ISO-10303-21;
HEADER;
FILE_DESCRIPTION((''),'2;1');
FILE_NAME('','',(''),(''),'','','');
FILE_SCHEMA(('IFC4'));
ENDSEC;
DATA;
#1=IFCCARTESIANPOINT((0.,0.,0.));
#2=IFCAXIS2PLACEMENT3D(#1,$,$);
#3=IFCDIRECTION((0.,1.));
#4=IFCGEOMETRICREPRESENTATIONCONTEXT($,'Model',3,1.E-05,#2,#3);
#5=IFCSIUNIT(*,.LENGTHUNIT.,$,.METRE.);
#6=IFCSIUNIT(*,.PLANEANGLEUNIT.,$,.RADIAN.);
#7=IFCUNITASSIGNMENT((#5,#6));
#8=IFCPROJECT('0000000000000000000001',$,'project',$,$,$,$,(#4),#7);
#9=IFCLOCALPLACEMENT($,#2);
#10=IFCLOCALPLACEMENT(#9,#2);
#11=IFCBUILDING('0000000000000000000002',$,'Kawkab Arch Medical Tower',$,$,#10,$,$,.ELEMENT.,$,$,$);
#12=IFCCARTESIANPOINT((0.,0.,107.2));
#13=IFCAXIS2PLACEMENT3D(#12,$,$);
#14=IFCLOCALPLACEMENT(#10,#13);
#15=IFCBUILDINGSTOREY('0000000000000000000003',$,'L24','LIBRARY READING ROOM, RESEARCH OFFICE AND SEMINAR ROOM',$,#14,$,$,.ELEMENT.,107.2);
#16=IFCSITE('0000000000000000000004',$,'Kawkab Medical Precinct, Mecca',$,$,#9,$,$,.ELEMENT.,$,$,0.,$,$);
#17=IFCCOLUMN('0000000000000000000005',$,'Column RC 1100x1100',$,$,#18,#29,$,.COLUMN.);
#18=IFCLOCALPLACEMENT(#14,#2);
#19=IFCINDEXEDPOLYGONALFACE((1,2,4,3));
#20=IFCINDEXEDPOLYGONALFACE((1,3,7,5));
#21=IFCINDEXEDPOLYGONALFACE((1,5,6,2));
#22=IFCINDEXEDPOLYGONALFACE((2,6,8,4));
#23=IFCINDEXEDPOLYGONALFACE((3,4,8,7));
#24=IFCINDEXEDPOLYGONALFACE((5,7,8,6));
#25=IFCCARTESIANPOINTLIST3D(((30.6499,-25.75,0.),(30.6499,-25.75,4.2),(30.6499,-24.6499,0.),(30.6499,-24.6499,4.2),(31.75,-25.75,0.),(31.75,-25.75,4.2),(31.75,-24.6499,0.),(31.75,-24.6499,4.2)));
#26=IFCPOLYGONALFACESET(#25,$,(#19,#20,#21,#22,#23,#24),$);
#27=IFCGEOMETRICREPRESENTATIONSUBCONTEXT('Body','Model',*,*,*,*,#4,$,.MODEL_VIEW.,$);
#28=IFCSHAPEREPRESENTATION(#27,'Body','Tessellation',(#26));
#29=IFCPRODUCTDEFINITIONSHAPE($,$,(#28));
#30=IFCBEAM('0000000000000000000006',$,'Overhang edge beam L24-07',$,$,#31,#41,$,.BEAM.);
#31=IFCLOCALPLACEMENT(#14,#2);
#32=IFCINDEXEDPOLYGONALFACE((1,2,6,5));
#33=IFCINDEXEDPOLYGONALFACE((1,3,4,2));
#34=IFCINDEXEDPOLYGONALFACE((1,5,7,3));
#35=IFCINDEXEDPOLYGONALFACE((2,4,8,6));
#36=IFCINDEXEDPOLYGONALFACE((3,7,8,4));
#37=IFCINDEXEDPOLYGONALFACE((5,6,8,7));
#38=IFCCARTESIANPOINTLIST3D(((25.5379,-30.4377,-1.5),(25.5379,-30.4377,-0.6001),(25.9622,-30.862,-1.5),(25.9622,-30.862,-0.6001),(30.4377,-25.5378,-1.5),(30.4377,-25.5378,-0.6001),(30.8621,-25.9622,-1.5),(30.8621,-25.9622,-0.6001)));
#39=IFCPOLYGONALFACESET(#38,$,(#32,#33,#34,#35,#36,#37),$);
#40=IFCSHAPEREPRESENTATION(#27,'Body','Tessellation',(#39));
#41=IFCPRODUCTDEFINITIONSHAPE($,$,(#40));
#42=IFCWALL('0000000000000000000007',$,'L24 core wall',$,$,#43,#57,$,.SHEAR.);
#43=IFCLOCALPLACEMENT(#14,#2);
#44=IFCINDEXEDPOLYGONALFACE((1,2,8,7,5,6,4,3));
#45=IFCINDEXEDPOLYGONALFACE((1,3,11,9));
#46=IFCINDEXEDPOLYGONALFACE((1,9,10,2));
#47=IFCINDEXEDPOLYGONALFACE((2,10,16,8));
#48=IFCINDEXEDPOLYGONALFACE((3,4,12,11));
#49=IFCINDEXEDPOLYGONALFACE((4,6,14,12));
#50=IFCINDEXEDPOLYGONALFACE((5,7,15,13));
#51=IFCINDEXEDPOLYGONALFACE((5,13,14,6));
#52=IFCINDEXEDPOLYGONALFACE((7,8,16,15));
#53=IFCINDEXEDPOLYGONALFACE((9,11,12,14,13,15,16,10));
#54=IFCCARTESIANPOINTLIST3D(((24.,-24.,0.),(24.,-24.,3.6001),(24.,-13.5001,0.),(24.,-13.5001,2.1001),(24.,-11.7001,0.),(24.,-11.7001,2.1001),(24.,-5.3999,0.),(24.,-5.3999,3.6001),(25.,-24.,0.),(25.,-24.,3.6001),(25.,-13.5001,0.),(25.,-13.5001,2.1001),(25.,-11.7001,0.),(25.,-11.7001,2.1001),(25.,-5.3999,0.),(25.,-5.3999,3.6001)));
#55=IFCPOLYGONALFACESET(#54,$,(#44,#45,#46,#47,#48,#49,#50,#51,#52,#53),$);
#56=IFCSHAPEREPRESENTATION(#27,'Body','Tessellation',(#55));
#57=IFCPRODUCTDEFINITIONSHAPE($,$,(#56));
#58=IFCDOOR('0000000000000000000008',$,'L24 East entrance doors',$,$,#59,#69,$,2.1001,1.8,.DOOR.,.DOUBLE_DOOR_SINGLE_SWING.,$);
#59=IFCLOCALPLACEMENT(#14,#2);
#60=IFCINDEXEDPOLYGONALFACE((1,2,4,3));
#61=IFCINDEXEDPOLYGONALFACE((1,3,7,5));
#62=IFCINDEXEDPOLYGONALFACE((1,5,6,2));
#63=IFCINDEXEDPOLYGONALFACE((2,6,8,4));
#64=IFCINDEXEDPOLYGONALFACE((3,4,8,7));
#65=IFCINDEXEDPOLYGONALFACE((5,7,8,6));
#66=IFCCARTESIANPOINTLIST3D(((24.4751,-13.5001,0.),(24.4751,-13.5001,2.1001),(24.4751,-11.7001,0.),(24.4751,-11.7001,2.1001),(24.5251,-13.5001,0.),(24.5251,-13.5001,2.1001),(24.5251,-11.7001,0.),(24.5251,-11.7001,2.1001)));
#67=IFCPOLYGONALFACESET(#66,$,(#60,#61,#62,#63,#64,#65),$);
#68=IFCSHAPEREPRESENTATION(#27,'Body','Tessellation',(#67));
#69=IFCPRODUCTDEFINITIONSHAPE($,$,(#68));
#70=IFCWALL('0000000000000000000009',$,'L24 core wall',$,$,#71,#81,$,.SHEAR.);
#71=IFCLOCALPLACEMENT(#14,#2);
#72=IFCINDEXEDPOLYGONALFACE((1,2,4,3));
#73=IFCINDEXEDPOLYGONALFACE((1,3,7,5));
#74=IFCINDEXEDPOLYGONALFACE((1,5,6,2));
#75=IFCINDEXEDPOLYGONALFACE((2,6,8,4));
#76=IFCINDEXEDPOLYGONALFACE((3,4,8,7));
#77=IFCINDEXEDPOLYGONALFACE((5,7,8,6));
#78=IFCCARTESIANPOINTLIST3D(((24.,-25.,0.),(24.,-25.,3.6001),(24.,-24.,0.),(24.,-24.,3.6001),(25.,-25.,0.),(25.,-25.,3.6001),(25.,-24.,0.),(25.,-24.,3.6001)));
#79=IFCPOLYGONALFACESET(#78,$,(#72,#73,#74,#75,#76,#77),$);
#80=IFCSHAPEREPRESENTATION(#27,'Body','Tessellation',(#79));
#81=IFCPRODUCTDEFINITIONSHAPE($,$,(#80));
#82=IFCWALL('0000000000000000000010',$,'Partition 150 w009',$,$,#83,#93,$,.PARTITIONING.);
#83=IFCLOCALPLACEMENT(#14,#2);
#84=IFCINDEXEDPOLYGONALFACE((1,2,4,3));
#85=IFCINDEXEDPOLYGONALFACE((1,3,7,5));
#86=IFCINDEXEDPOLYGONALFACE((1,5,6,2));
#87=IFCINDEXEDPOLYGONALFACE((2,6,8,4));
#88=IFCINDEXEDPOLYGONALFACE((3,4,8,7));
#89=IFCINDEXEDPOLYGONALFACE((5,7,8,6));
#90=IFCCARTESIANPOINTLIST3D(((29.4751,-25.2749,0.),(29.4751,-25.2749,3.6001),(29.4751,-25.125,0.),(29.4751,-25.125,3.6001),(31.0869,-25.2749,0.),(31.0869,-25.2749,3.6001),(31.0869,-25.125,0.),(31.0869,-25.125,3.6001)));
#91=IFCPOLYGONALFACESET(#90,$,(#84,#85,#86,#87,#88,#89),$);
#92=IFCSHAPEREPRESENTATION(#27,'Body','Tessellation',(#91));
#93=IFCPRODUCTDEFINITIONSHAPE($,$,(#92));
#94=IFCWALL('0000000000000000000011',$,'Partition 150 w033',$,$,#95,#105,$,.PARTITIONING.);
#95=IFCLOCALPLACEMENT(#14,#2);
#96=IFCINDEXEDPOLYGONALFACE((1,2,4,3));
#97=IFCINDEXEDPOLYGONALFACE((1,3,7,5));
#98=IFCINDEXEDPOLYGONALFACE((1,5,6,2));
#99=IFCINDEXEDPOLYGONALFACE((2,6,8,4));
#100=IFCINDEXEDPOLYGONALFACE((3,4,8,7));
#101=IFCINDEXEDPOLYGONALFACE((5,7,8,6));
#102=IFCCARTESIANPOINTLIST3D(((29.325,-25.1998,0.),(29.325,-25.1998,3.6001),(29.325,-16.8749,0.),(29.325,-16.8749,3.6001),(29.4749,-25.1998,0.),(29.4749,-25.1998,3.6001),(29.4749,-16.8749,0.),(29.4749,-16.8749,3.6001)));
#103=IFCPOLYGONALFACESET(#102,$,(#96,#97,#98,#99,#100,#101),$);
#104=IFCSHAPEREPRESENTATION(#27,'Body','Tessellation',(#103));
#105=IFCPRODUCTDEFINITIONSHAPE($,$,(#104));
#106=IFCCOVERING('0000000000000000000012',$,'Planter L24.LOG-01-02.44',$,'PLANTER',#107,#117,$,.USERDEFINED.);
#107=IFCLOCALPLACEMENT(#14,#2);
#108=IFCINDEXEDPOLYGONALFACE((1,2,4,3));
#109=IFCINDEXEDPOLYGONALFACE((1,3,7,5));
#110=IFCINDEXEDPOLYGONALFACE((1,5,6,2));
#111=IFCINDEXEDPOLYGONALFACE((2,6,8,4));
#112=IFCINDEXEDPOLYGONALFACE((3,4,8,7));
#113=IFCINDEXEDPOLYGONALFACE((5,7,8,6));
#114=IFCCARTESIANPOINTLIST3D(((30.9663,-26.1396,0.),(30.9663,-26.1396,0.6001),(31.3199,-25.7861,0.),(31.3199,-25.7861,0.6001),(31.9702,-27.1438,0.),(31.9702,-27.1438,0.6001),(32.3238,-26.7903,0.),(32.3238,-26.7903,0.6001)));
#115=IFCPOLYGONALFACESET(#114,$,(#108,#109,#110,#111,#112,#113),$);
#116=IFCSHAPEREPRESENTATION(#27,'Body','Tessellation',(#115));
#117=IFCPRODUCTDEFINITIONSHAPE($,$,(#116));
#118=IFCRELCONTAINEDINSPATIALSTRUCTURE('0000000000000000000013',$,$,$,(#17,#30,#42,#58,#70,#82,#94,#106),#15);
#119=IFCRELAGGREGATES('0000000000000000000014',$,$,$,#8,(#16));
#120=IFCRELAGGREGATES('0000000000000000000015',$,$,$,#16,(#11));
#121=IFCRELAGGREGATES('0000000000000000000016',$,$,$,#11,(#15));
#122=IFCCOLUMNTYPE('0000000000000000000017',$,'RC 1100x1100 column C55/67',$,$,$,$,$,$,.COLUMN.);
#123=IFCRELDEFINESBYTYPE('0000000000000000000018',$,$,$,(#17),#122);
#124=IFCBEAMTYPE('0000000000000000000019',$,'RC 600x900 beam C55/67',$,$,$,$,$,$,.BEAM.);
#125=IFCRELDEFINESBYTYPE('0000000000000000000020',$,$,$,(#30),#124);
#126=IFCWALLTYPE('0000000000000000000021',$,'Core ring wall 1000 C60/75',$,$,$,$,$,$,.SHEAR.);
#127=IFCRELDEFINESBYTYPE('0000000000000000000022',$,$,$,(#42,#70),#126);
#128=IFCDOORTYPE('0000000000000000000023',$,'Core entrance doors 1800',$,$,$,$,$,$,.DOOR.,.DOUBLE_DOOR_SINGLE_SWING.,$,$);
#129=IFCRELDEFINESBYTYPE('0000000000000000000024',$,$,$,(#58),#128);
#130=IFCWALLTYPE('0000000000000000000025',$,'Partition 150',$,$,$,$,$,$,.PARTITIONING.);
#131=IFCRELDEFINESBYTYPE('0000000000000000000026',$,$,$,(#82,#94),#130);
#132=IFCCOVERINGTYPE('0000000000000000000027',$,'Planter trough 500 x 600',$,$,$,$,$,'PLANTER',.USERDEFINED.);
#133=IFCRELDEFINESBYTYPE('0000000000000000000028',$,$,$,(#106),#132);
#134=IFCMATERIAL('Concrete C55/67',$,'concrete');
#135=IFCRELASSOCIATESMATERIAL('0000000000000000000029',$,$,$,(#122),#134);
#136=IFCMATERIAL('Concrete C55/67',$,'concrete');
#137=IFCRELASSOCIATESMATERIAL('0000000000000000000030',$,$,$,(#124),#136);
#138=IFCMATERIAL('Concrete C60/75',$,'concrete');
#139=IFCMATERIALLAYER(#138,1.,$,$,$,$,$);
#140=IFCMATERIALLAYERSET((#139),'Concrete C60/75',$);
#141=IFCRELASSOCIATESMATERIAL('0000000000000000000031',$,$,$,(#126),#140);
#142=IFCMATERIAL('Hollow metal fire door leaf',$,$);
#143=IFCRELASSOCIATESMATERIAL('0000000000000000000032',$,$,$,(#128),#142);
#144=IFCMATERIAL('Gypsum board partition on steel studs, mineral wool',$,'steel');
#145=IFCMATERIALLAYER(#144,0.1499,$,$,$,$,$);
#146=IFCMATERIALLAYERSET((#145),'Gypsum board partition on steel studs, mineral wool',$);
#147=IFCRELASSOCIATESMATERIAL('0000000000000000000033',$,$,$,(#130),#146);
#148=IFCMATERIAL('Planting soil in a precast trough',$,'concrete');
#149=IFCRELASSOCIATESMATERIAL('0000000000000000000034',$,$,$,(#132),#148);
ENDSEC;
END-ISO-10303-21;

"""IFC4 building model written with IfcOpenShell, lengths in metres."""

from ifc_helpers import new_model, si_unit, direction, frame, frame_2d, origin, origin_2d, place, context, subcontext, project, spatial, rectangle, extrude, material, layer, layer_set, material_profile, profile_set, type_object, element, fill, save


model = new_model("IFC4")

# Units and contexts
model_context = context("Model", 3, precision=1e-05, world=origin(), true_north=direction((0.0, 1.0)))
body_context = subcontext(model_context, "Body", "Model", "MODEL_VIEW")
ifc_project = project(units=[si_unit("LENGTHUNIT", "METRE"), si_unit("PLANEANGLEUNIT", "RADIAN")], contexts=[model_context])

# Site, building, storey
site_placement = place(None, origin())
site = spatial("IfcSite", under=ifc_project, at=site_placement, Name="Kawkab Medical Precinct, Mecca", CompositionType="ELEMENT", RefElevation=0.0)
building_placement = place(site_placement, origin())
building = spatial("IfcBuilding", under=site, at=building_placement, Name="Kawkab Arch Medical Tower", CompositionType="ELEMENT")
storey_placement = place(building_placement, frame((0.0, 0.0, 107.2)))
storey = spatial("IfcBuildingStorey", under=building, at=storey_placement, Name="L24", Description="LIBRARY READING ROOM, RESEARCH OFFICE AND SEMINAR ROOM", CompositionType="ELEMENT", Elevation=107.2)

# Column
ifc_material_1 = material(Name="Concrete C55/67", Category="concrete")
ifc_material_profile_1 = material_profile(ifc_material_1, rectangle(XDim=1.1001, YDim=1.1001, at=origin_2d()), Name="RC 1100x1100")
ifc_profile_set_1 = profile_set([ifc_material_profile_1], Name="Concrete C55/67")
column_type = type_object("IfcColumnType", Name="RC 1100x1100 column C55/67", PredefinedType="COLUMN", material=ifc_profile_set_1)
column_placement = place(storey_placement, frame((31.2, -25.2, 0.0), z_axis=(0.0, 0.0, 1.0), x_axis=(1.0, 0.0, 0.0)))
element("IfcColumn", 1, at=column_placement, inside=storey, type_object=column_type, Name="Column RC 1100x1100", PredefinedType="COLUMN", context=body_context, shape_type="SweptSolid", body=[
    extrude(rectangle(XDim=1.1001, YDim=1.1001, at=origin_2d()), origin(), (0.0, 0.0, 1.0), 4.2),
])

# Beam
ifc_material_2 = material(Name="Concrete C55/67", Category="concrete")
ifc_material_profile_2 = material_profile(ifc_material_2, rectangle(XDim=0.6001, YDim=0.8999, at=origin_2d()), Name="RC 600x900")
ifc_profile_set_2 = profile_set([ifc_material_profile_2], Name="Concrete C55/67")
beam_type = type_object("IfcBeamType", Name="RC 600x900 beam C55/67", PredefinedType="BEAM", material=ifc_profile_set_2)
beam_placement = place(storey_placement, frame((30.6499, -25.75, -1.05), z_axis=(-0.707107, -0.707107, 0.0), x_axis=(0.707107, -0.707107, 0.0)))
element("IfcBeam", 2, at=beam_placement, inside=storey, type_object=beam_type, Name="Overhang edge beam L24-07", PredefinedType="BEAM", context=body_context, shape_type="SweptSolid", body=[
    extrude(rectangle(XDim=0.6001, YDim=0.8999, at=origin_2d()), origin(), (0.0, 0.0, 1.0), 6.9294),
])

# Wall, opening, door
ifc_material_3 = material(Name="Concrete C60/75", Category="concrete")
ifc_layer_1 = layer(ifc_material_3, 1.0)
ifc_layer_set_1 = layer_set([ifc_layer_1], Name="Concrete C60/75")
wall_type_1 = type_object("IfcWallType", Name="Core ring wall 1000 C60/75", PredefinedType="SHEAR", material=ifc_layer_set_1)
wall_1_placement = place(storey_placement, frame((24.5, -24.0, 0.0), z_axis=(0.0, 0.0, 1.0), x_axis=(0.0, 1.0, 0.0)))
wall_1 = element("IfcWall", 3, at=wall_1_placement, inside=storey, type_object=wall_type_1, Name="L24 core wall", PredefinedType="SHEAR", context=body_context, shape_type="SweptSolid", body=[
    extrude(rectangle(XDim=18.6001, YDim=1.0, at=frame_2d((9.3, 0.0))), origin(), (0.0, 0.0, 1.0), 3.6001),
])
opening_1_placement = place(wall_1_placement, frame((10.5, 0.0, 0.0)))
opening_1 = element("IfcOpeningElement", 4, at=opening_1_placement, cuts=wall_1, PredefinedType="OPENING", context=body_context, shape_type="SweptSolid", body=[
    extrude(rectangle(XDim=1.8, YDim=2.1001, at=frame_2d((0.8999, 1.05))), frame((0.0, 0.51, 0.0), z_axis=(0.0, -1.0, 0.0), x_axis=(1.0, 0.0, 0.0)), (0.0, 0.0, 1.0), 1.02),
])
ifc_material_4 = material(Name="Hollow metal fire door leaf")
door_type_1 = type_object("IfcDoorType", Name="Core entrance doors 1800", OperationType="DOUBLE_DOOR_SINGLE_SWING", PredefinedType="DOOR", material=ifc_material_4)
door_1_placement = place(opening_1_placement, origin())
door_1 = element("IfcDoor", 5, at=door_1_placement, inside=storey, type_object=door_type_1, Name="L24 East entrance doors", OperationType="DOUBLE_DOOR_SINGLE_SWING", OverallHeight=2.1001, OverallWidth=1.8, PredefinedType="DOOR", context=body_context, shape_type="SweptSolid", body=[
    extrude(rectangle(XDim=1.8, YDim=2.1001, at=frame_2d((0.8999, 1.05))), frame((0.0, 0.0249, 0.0), z_axis=(0.0, -1.0, 0.0), x_axis=(1.0, 0.0, 0.0)), (0.0, 0.0, 1.0), 0.05),
])
fill(opening_1, door_1)

# Walls
wall_2_placement = place(storey_placement, frame((24.5, -25.0, 0.0), z_axis=(0.0, 0.0, 1.0), x_axis=(0.0, 1.0, 0.0)))
element("IfcWall", 6, at=wall_2_placement, inside=storey, type_object=wall_type_1, Name="L24 core wall", PredefinedType="SHEAR", context=body_context, shape_type="SweptSolid", body=[
    extrude(rectangle(XDim=1.0, YDim=1.0, at=frame_2d((0.5, 0.0))), origin(), (0.0, 0.0, 1.0), 3.6001),
])
ifc_material_5 = material(Name="Gypsum board partition on steel studs, mineral wool", Category="steel")
ifc_layer_2 = layer(ifc_material_5, 0.1499)
ifc_layer_set_2 = layer_set([ifc_layer_2], Name="Gypsum board partition on steel studs, mineral wool")
wall_type_2 = type_object("IfcWallType", Name="Partition 150", PredefinedType="PARTITIONING", material=ifc_layer_set_2)
wall_3_placement = place(storey_placement, frame((29.4751, -25.2, 0.0), z_axis=(0.0, 0.0, 1.0), x_axis=(1.0, 0.0, 0.0)))
element("IfcWall", 7, at=wall_3_placement, inside=storey, type_object=wall_type_2, Name="Partition 150 w009", PredefinedType="PARTITIONING", context=body_context, shape_type="SweptSolid", body=[
    extrude(rectangle(XDim=1.6118, YDim=0.1499, at=frame_2d((0.8059, 0.0))), origin(), (0.0, 0.0, 1.0), 3.6001),
])

# Wall
wall_4_placement = place(storey_placement, frame((29.3999, -25.2, 0.0), z_axis=(0.0, 0.0, 1.0), x_axis=(0.0, 1.0, 0.0)))
element("IfcWall", 8, at=wall_4_placement, inside=storey, type_object=wall_type_2, Name="Partition 150 w033", PredefinedType="PARTITIONING", context=body_context, shape_type="SweptSolid", body=[
    extrude(rectangle(XDim=8.325, YDim=0.1499, at=frame_2d((4.1626, 0.0))), origin(), (0.0, 0.0, 1.0), 3.6001),
])

# Covering
ifc_material_6 = material(Name="Planting soil in a precast trough", Category="concrete")
ifc_material_profile_3 = material_profile(ifc_material_6, rectangle(XDim=0.5, YDim=0.6001, at=origin_2d()), Name="Trough 500x600")
ifc_profile_set_3 = profile_set([ifc_material_profile_3], Name="Planting soil in a precast trough")
covering_type = type_object("IfcCoveringType", Name="Planter trough 500 x 600", ElementType="PLANTER", PredefinedType="USERDEFINED", material=ifc_profile_set_3)
covering_placement = place(storey_placement, frame((31.1431, -25.9629, 0.3), z_axis=(0.707021, -0.707193, 0.0), x_axis=(0.707193, 0.707021, 0.0)))
element("IfcCovering", 9, at=covering_placement, inside=storey, type_object=covering_type, Name="Planter L24.LOG-01-02.44", ObjectType="PLANTER", PredefinedType="USERDEFINED", context=body_context, shape_type="SweptSolid", body=[
    extrude(rectangle(XDim=0.5, YDim=0.6001, at=origin_2d()), origin(), (0.0, 0.0, 1.0), 1.4199),
])

save(model, "model.ifc")
